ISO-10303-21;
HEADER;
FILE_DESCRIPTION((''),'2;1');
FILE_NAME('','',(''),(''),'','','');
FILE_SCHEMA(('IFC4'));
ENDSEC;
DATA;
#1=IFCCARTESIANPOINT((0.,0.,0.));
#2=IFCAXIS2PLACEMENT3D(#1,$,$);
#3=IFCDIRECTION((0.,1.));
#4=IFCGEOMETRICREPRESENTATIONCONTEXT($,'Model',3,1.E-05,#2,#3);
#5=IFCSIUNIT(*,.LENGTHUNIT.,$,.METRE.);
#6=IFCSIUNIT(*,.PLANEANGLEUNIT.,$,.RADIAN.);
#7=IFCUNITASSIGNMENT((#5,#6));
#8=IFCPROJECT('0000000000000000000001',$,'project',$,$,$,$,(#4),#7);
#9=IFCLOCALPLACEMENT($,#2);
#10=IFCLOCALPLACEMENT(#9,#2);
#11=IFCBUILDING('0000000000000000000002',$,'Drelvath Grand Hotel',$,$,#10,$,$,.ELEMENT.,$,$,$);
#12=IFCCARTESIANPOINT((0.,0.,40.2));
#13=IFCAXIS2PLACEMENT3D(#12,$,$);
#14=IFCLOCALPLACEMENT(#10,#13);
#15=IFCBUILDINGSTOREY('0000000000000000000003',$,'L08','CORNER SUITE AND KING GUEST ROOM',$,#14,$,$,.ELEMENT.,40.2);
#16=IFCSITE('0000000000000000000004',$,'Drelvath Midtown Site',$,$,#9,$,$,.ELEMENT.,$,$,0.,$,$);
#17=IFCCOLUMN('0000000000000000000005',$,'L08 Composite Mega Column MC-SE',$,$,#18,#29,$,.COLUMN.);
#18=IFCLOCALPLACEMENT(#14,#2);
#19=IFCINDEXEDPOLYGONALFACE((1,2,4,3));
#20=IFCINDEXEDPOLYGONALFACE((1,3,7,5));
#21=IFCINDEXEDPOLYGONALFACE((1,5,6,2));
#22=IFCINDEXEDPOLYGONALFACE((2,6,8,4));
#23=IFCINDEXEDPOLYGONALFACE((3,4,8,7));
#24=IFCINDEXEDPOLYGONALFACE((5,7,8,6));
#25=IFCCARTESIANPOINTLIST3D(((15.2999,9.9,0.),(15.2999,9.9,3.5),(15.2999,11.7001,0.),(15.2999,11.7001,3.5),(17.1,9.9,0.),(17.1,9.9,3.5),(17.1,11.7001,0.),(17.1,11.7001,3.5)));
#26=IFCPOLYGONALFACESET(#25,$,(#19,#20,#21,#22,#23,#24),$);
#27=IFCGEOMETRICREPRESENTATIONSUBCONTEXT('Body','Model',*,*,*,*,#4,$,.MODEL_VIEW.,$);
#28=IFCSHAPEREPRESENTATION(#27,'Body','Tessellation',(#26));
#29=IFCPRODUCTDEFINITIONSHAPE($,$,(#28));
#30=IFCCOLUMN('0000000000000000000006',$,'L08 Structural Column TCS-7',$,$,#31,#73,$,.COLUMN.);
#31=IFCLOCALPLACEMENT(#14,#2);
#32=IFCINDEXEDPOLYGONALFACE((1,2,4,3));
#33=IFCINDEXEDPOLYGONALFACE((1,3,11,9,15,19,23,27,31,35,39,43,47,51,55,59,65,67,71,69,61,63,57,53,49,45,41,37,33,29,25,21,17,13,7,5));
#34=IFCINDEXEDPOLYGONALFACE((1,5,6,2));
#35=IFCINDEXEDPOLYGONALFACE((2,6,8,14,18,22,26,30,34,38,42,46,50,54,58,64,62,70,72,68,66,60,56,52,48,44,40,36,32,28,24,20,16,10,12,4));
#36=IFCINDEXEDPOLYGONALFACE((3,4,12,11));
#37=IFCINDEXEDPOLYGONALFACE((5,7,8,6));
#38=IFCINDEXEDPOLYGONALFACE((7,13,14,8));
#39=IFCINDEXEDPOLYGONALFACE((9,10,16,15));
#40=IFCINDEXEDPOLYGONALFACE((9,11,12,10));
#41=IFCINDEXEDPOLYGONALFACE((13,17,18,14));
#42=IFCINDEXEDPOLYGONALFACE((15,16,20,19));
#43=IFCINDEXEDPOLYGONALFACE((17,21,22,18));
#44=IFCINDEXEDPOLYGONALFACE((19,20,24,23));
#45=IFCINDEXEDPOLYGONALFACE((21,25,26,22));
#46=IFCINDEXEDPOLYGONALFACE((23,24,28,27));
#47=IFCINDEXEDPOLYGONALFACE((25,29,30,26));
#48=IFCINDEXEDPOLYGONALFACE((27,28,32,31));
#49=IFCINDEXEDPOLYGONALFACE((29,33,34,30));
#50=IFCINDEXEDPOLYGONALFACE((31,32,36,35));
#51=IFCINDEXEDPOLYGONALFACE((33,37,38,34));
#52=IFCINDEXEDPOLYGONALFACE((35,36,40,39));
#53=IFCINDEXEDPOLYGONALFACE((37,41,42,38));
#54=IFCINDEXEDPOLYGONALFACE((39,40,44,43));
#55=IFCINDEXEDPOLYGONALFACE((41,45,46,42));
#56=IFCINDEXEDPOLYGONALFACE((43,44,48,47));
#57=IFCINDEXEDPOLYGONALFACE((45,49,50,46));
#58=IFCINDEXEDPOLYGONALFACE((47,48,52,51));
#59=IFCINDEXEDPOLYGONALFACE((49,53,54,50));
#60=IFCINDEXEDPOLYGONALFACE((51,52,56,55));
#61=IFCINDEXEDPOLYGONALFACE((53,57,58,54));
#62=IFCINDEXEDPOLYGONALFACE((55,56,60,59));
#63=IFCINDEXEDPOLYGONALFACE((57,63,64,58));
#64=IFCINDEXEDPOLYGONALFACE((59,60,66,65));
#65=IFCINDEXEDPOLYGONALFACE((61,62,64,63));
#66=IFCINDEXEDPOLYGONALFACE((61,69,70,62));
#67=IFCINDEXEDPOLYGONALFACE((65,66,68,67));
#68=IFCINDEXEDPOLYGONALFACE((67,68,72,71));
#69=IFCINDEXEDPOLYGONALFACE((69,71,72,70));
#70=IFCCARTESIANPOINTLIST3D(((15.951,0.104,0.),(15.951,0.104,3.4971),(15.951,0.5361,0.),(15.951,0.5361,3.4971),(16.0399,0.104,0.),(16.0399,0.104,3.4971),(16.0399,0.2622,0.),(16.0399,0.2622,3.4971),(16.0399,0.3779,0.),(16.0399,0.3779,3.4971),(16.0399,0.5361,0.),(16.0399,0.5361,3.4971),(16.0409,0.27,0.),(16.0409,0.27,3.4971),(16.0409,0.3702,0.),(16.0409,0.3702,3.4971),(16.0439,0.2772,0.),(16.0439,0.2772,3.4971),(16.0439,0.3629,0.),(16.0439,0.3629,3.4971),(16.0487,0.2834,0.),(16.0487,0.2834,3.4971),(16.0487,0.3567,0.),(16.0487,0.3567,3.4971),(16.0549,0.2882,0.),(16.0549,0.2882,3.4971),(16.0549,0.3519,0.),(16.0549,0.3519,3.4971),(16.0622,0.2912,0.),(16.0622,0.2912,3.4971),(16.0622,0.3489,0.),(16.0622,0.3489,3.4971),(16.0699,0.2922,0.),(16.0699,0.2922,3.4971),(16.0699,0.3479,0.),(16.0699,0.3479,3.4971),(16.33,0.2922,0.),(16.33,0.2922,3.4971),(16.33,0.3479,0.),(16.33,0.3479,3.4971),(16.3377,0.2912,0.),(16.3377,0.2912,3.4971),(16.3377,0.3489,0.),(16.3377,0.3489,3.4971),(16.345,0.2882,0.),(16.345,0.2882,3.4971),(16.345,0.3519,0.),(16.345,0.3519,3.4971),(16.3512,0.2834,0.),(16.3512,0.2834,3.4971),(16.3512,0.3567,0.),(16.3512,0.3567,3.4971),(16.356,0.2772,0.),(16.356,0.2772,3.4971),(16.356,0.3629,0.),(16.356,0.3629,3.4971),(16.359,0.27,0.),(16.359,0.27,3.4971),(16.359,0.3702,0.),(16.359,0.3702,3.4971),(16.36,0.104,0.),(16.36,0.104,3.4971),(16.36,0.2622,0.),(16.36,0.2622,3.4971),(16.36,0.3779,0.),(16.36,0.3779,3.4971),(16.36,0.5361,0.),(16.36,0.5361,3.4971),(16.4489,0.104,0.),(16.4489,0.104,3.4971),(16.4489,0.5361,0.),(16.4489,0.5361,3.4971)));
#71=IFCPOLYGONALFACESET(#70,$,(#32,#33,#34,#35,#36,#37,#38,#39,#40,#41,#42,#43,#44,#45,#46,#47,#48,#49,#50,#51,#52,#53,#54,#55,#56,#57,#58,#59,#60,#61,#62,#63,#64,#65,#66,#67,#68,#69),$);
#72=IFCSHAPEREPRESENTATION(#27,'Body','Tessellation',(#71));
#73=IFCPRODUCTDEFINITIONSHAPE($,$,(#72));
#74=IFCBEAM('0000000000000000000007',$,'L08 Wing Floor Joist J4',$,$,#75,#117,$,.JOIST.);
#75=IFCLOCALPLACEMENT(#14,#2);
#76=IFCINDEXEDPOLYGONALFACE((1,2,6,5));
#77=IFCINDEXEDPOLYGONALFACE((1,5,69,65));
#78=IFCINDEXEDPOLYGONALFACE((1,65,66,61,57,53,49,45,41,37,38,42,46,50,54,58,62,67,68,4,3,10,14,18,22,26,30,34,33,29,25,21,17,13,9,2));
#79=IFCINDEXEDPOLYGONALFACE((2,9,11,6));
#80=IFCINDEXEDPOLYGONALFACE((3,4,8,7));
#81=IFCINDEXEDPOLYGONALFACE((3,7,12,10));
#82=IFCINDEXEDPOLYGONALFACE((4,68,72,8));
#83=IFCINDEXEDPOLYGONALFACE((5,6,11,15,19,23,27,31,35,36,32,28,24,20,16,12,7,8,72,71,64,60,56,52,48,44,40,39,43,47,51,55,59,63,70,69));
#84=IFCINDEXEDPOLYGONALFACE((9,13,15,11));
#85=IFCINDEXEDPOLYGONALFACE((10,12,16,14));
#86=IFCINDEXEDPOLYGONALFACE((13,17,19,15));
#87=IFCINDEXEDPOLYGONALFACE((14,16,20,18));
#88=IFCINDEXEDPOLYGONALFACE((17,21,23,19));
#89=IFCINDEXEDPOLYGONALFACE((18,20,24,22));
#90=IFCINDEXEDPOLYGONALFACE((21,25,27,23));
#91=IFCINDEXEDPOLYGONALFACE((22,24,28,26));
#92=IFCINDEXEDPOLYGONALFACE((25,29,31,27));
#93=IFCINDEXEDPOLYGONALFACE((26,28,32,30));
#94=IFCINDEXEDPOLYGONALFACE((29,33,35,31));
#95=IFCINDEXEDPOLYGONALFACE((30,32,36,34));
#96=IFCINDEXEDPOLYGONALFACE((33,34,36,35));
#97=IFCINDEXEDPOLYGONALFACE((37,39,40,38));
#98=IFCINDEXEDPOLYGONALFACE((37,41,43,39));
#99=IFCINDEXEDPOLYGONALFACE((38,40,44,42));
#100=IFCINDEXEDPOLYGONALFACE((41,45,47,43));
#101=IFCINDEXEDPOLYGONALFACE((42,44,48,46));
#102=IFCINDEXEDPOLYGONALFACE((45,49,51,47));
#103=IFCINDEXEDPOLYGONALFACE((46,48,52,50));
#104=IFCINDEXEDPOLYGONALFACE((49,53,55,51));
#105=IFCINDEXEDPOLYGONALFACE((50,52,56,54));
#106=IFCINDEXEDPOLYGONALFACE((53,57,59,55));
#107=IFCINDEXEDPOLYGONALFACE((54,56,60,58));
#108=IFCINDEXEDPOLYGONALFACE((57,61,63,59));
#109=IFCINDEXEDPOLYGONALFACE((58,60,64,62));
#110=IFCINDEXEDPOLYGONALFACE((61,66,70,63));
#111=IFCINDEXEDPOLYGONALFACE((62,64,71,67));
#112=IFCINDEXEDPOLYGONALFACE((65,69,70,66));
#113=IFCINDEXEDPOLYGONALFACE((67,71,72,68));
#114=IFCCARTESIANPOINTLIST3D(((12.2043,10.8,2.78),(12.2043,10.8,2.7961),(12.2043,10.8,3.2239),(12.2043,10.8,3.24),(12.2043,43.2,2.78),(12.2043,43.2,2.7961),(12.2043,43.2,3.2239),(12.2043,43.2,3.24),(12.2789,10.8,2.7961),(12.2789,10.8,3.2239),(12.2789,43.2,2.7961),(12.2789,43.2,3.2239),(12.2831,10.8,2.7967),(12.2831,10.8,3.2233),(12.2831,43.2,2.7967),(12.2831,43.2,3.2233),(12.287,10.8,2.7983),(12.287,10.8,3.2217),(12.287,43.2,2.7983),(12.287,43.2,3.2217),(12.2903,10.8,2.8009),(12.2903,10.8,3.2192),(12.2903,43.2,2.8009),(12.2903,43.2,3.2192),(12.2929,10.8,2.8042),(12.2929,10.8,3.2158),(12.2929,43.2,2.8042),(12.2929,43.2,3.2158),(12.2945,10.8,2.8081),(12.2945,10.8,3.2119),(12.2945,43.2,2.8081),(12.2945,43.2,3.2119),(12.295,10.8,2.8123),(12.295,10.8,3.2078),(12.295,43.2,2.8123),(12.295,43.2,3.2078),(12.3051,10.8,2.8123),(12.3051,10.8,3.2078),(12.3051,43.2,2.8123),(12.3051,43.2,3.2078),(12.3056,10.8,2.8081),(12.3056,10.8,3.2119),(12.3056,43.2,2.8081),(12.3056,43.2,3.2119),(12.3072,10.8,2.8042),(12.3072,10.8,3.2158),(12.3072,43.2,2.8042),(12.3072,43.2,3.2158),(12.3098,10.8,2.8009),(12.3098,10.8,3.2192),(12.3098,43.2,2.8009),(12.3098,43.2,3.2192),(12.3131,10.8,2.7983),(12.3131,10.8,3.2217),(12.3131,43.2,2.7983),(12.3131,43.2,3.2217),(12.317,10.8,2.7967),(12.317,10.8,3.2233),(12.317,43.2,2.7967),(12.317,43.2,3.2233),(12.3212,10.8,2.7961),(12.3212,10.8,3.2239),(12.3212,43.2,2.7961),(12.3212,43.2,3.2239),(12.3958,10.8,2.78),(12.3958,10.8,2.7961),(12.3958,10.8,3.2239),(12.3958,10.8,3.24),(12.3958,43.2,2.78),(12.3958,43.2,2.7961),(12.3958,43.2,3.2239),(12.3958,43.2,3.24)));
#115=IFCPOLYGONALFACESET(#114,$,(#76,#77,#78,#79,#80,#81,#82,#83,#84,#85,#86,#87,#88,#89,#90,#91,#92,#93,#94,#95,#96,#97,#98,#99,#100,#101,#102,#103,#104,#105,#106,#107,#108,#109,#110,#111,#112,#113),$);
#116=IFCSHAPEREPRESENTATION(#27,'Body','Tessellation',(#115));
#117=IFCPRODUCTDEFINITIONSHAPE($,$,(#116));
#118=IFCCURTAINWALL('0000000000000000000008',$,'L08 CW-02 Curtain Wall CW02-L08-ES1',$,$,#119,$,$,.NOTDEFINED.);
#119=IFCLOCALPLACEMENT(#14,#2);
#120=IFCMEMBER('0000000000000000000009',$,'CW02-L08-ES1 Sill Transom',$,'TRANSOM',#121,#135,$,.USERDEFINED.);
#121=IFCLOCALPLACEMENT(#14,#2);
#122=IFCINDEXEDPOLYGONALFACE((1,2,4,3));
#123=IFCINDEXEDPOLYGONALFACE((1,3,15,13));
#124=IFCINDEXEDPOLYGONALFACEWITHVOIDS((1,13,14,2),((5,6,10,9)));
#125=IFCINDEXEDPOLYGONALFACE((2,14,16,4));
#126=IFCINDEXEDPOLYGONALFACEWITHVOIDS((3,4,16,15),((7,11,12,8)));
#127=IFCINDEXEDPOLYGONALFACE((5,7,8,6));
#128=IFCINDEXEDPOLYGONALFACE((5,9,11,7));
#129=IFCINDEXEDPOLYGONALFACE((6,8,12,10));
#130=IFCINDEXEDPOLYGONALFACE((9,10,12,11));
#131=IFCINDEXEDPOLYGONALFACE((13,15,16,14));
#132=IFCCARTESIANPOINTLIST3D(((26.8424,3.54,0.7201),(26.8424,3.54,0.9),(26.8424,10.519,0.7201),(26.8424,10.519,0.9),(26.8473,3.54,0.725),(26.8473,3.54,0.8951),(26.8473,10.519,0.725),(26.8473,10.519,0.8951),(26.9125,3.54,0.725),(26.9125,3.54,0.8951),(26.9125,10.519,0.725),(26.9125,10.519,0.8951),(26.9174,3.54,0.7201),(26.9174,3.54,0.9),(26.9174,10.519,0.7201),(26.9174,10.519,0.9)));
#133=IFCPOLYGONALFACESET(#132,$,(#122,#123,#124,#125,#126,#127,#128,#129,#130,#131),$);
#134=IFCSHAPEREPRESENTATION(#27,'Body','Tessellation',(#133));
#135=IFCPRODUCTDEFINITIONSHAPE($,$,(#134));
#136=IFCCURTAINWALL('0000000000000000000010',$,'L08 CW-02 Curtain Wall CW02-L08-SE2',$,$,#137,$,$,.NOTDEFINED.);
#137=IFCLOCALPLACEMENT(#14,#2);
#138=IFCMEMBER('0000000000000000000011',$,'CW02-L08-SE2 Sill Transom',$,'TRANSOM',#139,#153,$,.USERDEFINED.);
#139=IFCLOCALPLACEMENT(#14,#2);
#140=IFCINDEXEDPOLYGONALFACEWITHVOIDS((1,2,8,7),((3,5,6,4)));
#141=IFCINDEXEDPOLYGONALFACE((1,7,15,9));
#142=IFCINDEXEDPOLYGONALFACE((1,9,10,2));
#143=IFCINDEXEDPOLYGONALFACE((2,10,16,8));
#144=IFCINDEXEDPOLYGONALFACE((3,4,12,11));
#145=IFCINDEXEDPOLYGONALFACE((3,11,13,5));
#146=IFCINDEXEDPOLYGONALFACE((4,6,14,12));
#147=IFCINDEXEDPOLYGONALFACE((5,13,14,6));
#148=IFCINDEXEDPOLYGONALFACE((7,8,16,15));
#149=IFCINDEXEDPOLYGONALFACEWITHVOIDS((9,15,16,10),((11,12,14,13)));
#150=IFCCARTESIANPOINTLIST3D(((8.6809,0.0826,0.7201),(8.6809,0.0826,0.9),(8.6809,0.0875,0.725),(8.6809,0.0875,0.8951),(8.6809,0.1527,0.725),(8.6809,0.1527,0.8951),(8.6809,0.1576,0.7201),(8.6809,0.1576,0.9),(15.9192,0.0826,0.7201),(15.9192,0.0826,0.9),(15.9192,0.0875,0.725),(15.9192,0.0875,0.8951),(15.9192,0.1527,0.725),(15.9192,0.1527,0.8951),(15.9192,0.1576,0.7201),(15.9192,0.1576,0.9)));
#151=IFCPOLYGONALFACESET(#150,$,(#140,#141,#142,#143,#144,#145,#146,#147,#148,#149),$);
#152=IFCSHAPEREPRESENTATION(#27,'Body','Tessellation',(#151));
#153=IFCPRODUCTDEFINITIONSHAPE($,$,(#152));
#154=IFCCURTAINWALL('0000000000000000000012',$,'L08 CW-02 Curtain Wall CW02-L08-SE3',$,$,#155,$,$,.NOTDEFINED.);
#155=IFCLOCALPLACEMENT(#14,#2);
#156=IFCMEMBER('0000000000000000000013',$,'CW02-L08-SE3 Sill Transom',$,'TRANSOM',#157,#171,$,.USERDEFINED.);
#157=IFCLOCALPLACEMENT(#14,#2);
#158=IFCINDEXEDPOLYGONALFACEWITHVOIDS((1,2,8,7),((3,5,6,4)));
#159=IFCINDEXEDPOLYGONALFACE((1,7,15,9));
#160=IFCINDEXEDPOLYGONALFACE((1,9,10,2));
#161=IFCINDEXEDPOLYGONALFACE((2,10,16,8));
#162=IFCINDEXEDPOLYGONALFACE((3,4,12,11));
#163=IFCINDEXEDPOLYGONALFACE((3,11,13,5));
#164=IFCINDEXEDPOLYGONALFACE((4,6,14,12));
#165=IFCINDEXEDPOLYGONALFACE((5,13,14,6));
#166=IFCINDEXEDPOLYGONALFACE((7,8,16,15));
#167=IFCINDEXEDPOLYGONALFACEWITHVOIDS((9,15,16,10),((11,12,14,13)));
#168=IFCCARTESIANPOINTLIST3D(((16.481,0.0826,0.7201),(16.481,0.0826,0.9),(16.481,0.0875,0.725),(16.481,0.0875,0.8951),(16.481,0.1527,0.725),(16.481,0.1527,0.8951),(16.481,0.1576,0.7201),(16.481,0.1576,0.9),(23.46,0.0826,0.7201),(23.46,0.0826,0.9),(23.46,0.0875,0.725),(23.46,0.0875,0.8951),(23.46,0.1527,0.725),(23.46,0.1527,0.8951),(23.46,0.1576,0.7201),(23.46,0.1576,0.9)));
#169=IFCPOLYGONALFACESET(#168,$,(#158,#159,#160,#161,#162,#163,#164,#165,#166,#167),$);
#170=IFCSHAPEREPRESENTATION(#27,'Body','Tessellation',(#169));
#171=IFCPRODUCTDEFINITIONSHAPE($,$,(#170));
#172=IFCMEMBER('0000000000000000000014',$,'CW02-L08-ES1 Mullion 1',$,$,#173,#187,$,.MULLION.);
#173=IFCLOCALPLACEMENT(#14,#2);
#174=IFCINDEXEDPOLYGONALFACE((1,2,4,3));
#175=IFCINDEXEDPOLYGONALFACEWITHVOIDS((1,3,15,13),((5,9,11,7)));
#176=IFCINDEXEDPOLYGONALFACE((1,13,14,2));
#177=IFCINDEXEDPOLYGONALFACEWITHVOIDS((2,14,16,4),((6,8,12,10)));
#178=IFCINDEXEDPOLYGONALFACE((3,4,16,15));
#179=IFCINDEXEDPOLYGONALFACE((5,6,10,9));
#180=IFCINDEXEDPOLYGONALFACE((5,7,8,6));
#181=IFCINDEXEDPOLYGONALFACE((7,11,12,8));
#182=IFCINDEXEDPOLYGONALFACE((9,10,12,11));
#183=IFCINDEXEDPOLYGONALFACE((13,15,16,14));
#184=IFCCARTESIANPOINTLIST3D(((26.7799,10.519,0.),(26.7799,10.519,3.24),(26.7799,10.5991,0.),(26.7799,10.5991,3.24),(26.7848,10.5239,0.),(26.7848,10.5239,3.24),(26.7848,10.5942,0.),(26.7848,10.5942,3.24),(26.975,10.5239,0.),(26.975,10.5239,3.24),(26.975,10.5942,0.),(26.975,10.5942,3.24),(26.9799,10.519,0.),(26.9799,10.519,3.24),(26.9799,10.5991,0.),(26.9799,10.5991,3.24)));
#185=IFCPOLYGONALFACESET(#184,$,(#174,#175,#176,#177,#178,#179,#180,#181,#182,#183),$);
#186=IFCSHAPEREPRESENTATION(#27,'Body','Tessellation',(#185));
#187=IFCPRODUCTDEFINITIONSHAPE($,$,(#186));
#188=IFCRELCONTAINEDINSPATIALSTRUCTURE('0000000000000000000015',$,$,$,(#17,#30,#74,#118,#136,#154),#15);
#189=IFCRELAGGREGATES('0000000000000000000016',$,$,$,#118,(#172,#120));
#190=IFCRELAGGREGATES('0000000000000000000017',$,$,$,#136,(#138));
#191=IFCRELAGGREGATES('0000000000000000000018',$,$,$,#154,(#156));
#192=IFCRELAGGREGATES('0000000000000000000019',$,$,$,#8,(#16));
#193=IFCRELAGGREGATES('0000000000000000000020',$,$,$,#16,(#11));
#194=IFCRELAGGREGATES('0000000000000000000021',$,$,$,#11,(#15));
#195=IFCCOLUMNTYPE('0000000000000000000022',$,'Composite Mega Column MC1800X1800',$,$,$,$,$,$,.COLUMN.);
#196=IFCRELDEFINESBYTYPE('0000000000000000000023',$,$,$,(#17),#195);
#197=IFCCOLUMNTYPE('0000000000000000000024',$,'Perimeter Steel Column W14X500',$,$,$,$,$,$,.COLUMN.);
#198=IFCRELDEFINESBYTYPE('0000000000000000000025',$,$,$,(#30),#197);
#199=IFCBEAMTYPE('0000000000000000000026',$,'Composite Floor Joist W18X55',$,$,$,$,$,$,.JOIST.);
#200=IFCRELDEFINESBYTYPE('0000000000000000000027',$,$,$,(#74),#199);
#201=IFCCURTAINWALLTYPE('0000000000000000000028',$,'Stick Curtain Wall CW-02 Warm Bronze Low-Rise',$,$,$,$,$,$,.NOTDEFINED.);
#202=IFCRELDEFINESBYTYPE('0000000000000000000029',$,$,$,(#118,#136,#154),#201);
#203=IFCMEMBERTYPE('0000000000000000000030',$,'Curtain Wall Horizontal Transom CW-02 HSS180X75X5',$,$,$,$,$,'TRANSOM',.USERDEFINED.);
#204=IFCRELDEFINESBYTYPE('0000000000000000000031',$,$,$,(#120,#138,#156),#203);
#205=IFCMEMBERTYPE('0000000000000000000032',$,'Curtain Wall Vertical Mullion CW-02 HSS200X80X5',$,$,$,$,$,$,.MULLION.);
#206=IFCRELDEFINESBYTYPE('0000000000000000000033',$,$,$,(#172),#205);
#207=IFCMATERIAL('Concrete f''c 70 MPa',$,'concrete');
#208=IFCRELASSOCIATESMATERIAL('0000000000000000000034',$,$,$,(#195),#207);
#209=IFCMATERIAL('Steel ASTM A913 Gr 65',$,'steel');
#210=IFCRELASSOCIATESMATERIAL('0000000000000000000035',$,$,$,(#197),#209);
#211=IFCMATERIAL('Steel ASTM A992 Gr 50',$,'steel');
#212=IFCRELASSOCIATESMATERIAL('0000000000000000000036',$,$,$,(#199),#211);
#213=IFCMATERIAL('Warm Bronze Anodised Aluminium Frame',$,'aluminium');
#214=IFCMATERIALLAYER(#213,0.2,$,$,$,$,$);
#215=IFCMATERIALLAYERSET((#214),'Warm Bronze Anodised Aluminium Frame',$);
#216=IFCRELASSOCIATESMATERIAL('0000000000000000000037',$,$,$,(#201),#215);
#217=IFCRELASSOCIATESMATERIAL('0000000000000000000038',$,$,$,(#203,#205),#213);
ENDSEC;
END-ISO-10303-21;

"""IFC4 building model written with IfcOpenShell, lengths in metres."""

from ifc_helpers import new_model, si_unit, direction, frame, origin, origin_2d, place, context, subcontext, project, spatial, rectangle, hollow_rectangle, i_section, extrude, material, layer, layer_set, material_profile, profile_set, type_object, element, aggregate, save


model = new_model("IFC4")

# Units and contexts
model_context = context("Model", 3, precision=1e-05, world=origin(), true_north=direction((0.0, 1.0)))
body_context = subcontext(model_context, "Body", "Model", "MODEL_VIEW")
ifc_project = project(units=[si_unit("LENGTHUNIT", "METRE"), si_unit("PLANEANGLEUNIT", "RADIAN")], contexts=[model_context])

# Site, building, storey
site_placement = place(None, origin())
site = spatial("IfcSite", under=ifc_project, at=site_placement, Name="Drelvath Midtown Site", CompositionType="ELEMENT", RefElevation=0.0)
building_placement = place(site_placement, origin())
building = spatial("IfcBuilding", under=site, at=building_placement, Name="Drelvath Grand Hotel", CompositionType="ELEMENT")
storey_placement = place(building_placement, frame((0.0, 0.0, 40.2)))
storey = spatial("IfcBuildingStorey", under=building, at=storey_placement, Name="L08", Description="CORNER SUITE AND KING GUEST ROOM", CompositionType="ELEMENT", Elevation=40.2)

# Columns
ifc_material_1 = material(Name="Concrete f'c 70 MPa", Category="concrete")
ifc_material_profile_1 = material_profile(ifc_material_1, rectangle(XDim=1.8, YDim=1.8, at=origin_2d()), Name="MC1800X1800")
ifc_profile_set_1 = profile_set([ifc_material_profile_1], Name="Concrete f'c 70 MPa")
column_type_1 = type_object("IfcColumnType", Name="Composite Mega Column MC1800X1800", PredefinedType="COLUMN", material=ifc_profile_set_1)
column_1_placement = place(storey_placement, frame((16.2, 10.8, 0.0), z_axis=(0.0, 0.0, 1.0), x_axis=(1.0, 0.0, 0.0)))
element("IfcColumn", 1, at=column_1_placement, inside=storey, type_object=column_type_1, Name="L08 Composite Mega Column MC-SE", PredefinedType="COLUMN", context=body_context, shape_type="SweptSolid", body=[
    extrude(rectangle(XDim=1.8, YDim=1.8, at=origin_2d()), origin(), (0.0, 0.0, 1.0), 3.5),
])
ifc_material_2 = material(Name="Steel ASTM A913 Gr 65", Category="steel")
ifc_material_profile_2 = material_profile(ifc_material_2, i_section(OverallWidth=0.4321, OverallDepth=0.4978, WebThickness=0.0557, FlangeThickness=0.0889, FilletRadius=0.03, at=origin_2d()), Name="W14X500")
ifc_profile_set_2 = profile_set([ifc_material_profile_2], Name="Steel ASTM A913 Gr 65")
column_type_2 = type_object("IfcColumnType", Name="Perimeter Steel Column W14X500", PredefinedType="COLUMN", material=ifc_profile_set_2)
column_2_placement = place(storey_placement, frame((16.2, 0.3201, 0.0), z_axis=(0.0, 0.0, 1.0), x_axis=(0.0, 1.0, 0.0)))
element("IfcColumn", 2, at=column_2_placement, inside=storey, type_object=column_type_2, Name="L08 Structural Column TCS-7", PredefinedType="COLUMN", context=body_context, shape_type="SweptSolid", body=[
    extrude(i_section(OverallWidth=0.4321, OverallDepth=0.4978, WebThickness=0.0557, FlangeThickness=0.0889, FilletRadius=0.03, at=origin_2d()), origin(), (0.0, 0.0, 1.0), 3.4971),
])

# Beam
ifc_material_3 = material(Name="Steel ASTM A992 Gr 50", Category="steel")
ifc_material_profile_3 = material_profile(ifc_material_3, i_section(OverallWidth=0.1914, OverallDepth=0.46, WebThickness=0.01, FlangeThickness=0.0161, FilletRadius=0.0161, at=origin_2d()), Name="W18X55")
ifc_profile_set_3 = profile_set([ifc_material_profile_3], Name="Steel ASTM A992 Gr 50")
beam_type_1 = type_object("IfcBeamType", Name="Composite Floor Joist W18X55", PredefinedType="JOIST", material=ifc_profile_set_3)
beam_1_placement = place(storey_placement, frame((12.3, 10.8, 3.01), z_axis=(0.0, 1.0, 0.0), x_axis=(-1.0, 0.0, 0.0)))
element("IfcBeam", 3, at=beam_1_placement, inside=storey, type_object=beam_type_1, Name="L08 Wing Floor Joist J4", PredefinedType="JOIST", context=body_context, shape_type="SweptSolid", body=[
    extrude(i_section(OverallWidth=0.1914, OverallDepth=0.46, WebThickness=0.01, FlangeThickness=0.0161, FilletRadius=0.0161, at=origin_2d()), origin(), (0.0, 0.0, 1.0), 32.3999),
])

# Curtain walls, members
ifc_material_4 = material(Name="Warm Bronze Anodised Aluminium Frame", Category="aluminium")
ifc_layer_1 = layer(ifc_material_4, 0.2)
ifc_layer_set_1 = layer_set([ifc_layer_1], Name="Warm Bronze Anodised Aluminium Frame")
curtain_wall_type = type_object("IfcCurtainWallType", Name="Stick Curtain Wall CW-02 Warm Bronze Low-Rise", PredefinedType="NOTDEFINED", material=ifc_layer_set_1)
curtain_wall_1_placement = place(storey_placement, origin())
curtain_wall_1 = element("IfcCurtainWall", 4, at=curtain_wall_1_placement, inside=storey, type_object=curtain_wall_type, Name="L08 CW-02 Curtain Wall CW02-L08-ES1", PredefinedType="NOTDEFINED")
ifc_material_profile_4 = material_profile(ifc_material_4, hollow_rectangle(XDim=0.075, YDim=0.1799, WallThickness=0.0049, at=origin_2d()), Name="HSS180X75X5")
ifc_profile_set_4 = profile_set([ifc_material_profile_4], Name="Warm Bronze Anodised Aluminium Frame")
member_type_1 = type_object("IfcMemberType", Name="Curtain Wall Horizontal Transom CW-02 HSS180X75X5", ElementType="TRANSOM", PredefinedType="USERDEFINED", material=ifc_profile_set_4)
member_1_placement = place(storey_placement, frame((26.8799, 10.519, 0.8101), z_axis=(0.0, -1.0, 0.0), x_axis=(1.0, 0.0, 0.0)))
member_1 = element("IfcMember", 5, at=member_1_placement, type_object=member_type_1, Name="CW02-L08-ES1 Sill Transom", ObjectType="TRANSOM", PredefinedType="USERDEFINED", context=body_context, shape_type="SweptSolid", body=[
    extrude(hollow_rectangle(XDim=0.075, YDim=0.1799, WallThickness=0.0049, at=origin_2d()), origin(), (0.0, 0.0, 1.0), 6.979),
])
curtain_wall_2_placement = place(storey_placement, origin())
curtain_wall_2 = element("IfcCurtainWall", 6, at=curtain_wall_2_placement, inside=storey, type_object=curtain_wall_type, Name="L08 CW-02 Curtain Wall CW02-L08-SE2", PredefinedType="NOTDEFINED")
member_2_placement = place(storey_placement, frame((15.9192, 0.1201, 0.8101), z_axis=(-1.0, 0.0, 0.0), x_axis=(0.0, -1.0, 0.0)))
member_2 = element("IfcMember", 7, at=member_2_placement, type_object=member_type_1, Name="CW02-L08-SE2 Sill Transom", ObjectType="TRANSOM", PredefinedType="USERDEFINED", context=body_context, shape_type="SweptSolid", body=[
    extrude(hollow_rectangle(XDim=0.075, YDim=0.1799, WallThickness=0.0049, at=origin_2d()), origin(), (0.0, 0.0, 1.0), 7.2383),
])
curtain_wall_3_placement = place(storey_placement, origin())
curtain_wall_3 = element("IfcCurtainWall", 8, at=curtain_wall_3_placement, inside=storey, type_object=curtain_wall_type, Name="L08 CW-02 Curtain Wall CW02-L08-SE3", PredefinedType="NOTDEFINED")
member_3_placement = place(storey_placement, frame((23.46, 0.1201, 0.8101), z_axis=(-1.0, 0.0, 0.0), x_axis=(0.0, -1.0, 0.0)))
member_3 = element("IfcMember", 9, at=member_3_placement, type_object=member_type_1, Name="CW02-L08-SE3 Sill Transom", ObjectType="TRANSOM", PredefinedType="USERDEFINED", context=body_context, shape_type="SweptSolid", body=[
    extrude(hollow_rectangle(XDim=0.075, YDim=0.1799, WallThickness=0.0049, at=origin_2d()), origin(), (0.0, 0.0, 1.0), 6.979),
])

# Member
ifc_material_profile_5 = material_profile(ifc_material_4, hollow_rectangle(XDim=0.0801, YDim=0.2, WallThickness=0.0049, at=origin_2d()), Name="HSS200X80X5")
ifc_profile_set_5 = profile_set([ifc_material_profile_5], Name="Warm Bronze Anodised Aluminium Frame")
member_type_2 = type_object("IfcMemberType", Name="Curtain Wall Vertical Mullion CW-02 HSS200X80X5", PredefinedType="MULLION", material=ifc_profile_set_5)
member_4_placement = place(storey_placement, frame((26.8799, 10.5591, 0.0), z_axis=(0.0, 0.0, 1.0), x_axis=(0.0, 1.0, 0.0)))
member_4 = element("IfcMember", 10, at=member_4_placement, type_object=member_type_2, Name="CW02-L08-ES1 Mullion 1", PredefinedType="MULLION", context=body_context, shape_type="SweptSolid", body=[
    extrude(hollow_rectangle(XDim=0.0801, YDim=0.2, WallThickness=0.0049, at=origin_2d()), origin(), (0.0, 0.0, 1.0), 3.24),
])

aggregate(curtain_wall_1, [member_4, member_1])
aggregate(curtain_wall_2, [member_2])
aggregate(curtain_wall_3, [member_3])

save(model, "model.ifc")
